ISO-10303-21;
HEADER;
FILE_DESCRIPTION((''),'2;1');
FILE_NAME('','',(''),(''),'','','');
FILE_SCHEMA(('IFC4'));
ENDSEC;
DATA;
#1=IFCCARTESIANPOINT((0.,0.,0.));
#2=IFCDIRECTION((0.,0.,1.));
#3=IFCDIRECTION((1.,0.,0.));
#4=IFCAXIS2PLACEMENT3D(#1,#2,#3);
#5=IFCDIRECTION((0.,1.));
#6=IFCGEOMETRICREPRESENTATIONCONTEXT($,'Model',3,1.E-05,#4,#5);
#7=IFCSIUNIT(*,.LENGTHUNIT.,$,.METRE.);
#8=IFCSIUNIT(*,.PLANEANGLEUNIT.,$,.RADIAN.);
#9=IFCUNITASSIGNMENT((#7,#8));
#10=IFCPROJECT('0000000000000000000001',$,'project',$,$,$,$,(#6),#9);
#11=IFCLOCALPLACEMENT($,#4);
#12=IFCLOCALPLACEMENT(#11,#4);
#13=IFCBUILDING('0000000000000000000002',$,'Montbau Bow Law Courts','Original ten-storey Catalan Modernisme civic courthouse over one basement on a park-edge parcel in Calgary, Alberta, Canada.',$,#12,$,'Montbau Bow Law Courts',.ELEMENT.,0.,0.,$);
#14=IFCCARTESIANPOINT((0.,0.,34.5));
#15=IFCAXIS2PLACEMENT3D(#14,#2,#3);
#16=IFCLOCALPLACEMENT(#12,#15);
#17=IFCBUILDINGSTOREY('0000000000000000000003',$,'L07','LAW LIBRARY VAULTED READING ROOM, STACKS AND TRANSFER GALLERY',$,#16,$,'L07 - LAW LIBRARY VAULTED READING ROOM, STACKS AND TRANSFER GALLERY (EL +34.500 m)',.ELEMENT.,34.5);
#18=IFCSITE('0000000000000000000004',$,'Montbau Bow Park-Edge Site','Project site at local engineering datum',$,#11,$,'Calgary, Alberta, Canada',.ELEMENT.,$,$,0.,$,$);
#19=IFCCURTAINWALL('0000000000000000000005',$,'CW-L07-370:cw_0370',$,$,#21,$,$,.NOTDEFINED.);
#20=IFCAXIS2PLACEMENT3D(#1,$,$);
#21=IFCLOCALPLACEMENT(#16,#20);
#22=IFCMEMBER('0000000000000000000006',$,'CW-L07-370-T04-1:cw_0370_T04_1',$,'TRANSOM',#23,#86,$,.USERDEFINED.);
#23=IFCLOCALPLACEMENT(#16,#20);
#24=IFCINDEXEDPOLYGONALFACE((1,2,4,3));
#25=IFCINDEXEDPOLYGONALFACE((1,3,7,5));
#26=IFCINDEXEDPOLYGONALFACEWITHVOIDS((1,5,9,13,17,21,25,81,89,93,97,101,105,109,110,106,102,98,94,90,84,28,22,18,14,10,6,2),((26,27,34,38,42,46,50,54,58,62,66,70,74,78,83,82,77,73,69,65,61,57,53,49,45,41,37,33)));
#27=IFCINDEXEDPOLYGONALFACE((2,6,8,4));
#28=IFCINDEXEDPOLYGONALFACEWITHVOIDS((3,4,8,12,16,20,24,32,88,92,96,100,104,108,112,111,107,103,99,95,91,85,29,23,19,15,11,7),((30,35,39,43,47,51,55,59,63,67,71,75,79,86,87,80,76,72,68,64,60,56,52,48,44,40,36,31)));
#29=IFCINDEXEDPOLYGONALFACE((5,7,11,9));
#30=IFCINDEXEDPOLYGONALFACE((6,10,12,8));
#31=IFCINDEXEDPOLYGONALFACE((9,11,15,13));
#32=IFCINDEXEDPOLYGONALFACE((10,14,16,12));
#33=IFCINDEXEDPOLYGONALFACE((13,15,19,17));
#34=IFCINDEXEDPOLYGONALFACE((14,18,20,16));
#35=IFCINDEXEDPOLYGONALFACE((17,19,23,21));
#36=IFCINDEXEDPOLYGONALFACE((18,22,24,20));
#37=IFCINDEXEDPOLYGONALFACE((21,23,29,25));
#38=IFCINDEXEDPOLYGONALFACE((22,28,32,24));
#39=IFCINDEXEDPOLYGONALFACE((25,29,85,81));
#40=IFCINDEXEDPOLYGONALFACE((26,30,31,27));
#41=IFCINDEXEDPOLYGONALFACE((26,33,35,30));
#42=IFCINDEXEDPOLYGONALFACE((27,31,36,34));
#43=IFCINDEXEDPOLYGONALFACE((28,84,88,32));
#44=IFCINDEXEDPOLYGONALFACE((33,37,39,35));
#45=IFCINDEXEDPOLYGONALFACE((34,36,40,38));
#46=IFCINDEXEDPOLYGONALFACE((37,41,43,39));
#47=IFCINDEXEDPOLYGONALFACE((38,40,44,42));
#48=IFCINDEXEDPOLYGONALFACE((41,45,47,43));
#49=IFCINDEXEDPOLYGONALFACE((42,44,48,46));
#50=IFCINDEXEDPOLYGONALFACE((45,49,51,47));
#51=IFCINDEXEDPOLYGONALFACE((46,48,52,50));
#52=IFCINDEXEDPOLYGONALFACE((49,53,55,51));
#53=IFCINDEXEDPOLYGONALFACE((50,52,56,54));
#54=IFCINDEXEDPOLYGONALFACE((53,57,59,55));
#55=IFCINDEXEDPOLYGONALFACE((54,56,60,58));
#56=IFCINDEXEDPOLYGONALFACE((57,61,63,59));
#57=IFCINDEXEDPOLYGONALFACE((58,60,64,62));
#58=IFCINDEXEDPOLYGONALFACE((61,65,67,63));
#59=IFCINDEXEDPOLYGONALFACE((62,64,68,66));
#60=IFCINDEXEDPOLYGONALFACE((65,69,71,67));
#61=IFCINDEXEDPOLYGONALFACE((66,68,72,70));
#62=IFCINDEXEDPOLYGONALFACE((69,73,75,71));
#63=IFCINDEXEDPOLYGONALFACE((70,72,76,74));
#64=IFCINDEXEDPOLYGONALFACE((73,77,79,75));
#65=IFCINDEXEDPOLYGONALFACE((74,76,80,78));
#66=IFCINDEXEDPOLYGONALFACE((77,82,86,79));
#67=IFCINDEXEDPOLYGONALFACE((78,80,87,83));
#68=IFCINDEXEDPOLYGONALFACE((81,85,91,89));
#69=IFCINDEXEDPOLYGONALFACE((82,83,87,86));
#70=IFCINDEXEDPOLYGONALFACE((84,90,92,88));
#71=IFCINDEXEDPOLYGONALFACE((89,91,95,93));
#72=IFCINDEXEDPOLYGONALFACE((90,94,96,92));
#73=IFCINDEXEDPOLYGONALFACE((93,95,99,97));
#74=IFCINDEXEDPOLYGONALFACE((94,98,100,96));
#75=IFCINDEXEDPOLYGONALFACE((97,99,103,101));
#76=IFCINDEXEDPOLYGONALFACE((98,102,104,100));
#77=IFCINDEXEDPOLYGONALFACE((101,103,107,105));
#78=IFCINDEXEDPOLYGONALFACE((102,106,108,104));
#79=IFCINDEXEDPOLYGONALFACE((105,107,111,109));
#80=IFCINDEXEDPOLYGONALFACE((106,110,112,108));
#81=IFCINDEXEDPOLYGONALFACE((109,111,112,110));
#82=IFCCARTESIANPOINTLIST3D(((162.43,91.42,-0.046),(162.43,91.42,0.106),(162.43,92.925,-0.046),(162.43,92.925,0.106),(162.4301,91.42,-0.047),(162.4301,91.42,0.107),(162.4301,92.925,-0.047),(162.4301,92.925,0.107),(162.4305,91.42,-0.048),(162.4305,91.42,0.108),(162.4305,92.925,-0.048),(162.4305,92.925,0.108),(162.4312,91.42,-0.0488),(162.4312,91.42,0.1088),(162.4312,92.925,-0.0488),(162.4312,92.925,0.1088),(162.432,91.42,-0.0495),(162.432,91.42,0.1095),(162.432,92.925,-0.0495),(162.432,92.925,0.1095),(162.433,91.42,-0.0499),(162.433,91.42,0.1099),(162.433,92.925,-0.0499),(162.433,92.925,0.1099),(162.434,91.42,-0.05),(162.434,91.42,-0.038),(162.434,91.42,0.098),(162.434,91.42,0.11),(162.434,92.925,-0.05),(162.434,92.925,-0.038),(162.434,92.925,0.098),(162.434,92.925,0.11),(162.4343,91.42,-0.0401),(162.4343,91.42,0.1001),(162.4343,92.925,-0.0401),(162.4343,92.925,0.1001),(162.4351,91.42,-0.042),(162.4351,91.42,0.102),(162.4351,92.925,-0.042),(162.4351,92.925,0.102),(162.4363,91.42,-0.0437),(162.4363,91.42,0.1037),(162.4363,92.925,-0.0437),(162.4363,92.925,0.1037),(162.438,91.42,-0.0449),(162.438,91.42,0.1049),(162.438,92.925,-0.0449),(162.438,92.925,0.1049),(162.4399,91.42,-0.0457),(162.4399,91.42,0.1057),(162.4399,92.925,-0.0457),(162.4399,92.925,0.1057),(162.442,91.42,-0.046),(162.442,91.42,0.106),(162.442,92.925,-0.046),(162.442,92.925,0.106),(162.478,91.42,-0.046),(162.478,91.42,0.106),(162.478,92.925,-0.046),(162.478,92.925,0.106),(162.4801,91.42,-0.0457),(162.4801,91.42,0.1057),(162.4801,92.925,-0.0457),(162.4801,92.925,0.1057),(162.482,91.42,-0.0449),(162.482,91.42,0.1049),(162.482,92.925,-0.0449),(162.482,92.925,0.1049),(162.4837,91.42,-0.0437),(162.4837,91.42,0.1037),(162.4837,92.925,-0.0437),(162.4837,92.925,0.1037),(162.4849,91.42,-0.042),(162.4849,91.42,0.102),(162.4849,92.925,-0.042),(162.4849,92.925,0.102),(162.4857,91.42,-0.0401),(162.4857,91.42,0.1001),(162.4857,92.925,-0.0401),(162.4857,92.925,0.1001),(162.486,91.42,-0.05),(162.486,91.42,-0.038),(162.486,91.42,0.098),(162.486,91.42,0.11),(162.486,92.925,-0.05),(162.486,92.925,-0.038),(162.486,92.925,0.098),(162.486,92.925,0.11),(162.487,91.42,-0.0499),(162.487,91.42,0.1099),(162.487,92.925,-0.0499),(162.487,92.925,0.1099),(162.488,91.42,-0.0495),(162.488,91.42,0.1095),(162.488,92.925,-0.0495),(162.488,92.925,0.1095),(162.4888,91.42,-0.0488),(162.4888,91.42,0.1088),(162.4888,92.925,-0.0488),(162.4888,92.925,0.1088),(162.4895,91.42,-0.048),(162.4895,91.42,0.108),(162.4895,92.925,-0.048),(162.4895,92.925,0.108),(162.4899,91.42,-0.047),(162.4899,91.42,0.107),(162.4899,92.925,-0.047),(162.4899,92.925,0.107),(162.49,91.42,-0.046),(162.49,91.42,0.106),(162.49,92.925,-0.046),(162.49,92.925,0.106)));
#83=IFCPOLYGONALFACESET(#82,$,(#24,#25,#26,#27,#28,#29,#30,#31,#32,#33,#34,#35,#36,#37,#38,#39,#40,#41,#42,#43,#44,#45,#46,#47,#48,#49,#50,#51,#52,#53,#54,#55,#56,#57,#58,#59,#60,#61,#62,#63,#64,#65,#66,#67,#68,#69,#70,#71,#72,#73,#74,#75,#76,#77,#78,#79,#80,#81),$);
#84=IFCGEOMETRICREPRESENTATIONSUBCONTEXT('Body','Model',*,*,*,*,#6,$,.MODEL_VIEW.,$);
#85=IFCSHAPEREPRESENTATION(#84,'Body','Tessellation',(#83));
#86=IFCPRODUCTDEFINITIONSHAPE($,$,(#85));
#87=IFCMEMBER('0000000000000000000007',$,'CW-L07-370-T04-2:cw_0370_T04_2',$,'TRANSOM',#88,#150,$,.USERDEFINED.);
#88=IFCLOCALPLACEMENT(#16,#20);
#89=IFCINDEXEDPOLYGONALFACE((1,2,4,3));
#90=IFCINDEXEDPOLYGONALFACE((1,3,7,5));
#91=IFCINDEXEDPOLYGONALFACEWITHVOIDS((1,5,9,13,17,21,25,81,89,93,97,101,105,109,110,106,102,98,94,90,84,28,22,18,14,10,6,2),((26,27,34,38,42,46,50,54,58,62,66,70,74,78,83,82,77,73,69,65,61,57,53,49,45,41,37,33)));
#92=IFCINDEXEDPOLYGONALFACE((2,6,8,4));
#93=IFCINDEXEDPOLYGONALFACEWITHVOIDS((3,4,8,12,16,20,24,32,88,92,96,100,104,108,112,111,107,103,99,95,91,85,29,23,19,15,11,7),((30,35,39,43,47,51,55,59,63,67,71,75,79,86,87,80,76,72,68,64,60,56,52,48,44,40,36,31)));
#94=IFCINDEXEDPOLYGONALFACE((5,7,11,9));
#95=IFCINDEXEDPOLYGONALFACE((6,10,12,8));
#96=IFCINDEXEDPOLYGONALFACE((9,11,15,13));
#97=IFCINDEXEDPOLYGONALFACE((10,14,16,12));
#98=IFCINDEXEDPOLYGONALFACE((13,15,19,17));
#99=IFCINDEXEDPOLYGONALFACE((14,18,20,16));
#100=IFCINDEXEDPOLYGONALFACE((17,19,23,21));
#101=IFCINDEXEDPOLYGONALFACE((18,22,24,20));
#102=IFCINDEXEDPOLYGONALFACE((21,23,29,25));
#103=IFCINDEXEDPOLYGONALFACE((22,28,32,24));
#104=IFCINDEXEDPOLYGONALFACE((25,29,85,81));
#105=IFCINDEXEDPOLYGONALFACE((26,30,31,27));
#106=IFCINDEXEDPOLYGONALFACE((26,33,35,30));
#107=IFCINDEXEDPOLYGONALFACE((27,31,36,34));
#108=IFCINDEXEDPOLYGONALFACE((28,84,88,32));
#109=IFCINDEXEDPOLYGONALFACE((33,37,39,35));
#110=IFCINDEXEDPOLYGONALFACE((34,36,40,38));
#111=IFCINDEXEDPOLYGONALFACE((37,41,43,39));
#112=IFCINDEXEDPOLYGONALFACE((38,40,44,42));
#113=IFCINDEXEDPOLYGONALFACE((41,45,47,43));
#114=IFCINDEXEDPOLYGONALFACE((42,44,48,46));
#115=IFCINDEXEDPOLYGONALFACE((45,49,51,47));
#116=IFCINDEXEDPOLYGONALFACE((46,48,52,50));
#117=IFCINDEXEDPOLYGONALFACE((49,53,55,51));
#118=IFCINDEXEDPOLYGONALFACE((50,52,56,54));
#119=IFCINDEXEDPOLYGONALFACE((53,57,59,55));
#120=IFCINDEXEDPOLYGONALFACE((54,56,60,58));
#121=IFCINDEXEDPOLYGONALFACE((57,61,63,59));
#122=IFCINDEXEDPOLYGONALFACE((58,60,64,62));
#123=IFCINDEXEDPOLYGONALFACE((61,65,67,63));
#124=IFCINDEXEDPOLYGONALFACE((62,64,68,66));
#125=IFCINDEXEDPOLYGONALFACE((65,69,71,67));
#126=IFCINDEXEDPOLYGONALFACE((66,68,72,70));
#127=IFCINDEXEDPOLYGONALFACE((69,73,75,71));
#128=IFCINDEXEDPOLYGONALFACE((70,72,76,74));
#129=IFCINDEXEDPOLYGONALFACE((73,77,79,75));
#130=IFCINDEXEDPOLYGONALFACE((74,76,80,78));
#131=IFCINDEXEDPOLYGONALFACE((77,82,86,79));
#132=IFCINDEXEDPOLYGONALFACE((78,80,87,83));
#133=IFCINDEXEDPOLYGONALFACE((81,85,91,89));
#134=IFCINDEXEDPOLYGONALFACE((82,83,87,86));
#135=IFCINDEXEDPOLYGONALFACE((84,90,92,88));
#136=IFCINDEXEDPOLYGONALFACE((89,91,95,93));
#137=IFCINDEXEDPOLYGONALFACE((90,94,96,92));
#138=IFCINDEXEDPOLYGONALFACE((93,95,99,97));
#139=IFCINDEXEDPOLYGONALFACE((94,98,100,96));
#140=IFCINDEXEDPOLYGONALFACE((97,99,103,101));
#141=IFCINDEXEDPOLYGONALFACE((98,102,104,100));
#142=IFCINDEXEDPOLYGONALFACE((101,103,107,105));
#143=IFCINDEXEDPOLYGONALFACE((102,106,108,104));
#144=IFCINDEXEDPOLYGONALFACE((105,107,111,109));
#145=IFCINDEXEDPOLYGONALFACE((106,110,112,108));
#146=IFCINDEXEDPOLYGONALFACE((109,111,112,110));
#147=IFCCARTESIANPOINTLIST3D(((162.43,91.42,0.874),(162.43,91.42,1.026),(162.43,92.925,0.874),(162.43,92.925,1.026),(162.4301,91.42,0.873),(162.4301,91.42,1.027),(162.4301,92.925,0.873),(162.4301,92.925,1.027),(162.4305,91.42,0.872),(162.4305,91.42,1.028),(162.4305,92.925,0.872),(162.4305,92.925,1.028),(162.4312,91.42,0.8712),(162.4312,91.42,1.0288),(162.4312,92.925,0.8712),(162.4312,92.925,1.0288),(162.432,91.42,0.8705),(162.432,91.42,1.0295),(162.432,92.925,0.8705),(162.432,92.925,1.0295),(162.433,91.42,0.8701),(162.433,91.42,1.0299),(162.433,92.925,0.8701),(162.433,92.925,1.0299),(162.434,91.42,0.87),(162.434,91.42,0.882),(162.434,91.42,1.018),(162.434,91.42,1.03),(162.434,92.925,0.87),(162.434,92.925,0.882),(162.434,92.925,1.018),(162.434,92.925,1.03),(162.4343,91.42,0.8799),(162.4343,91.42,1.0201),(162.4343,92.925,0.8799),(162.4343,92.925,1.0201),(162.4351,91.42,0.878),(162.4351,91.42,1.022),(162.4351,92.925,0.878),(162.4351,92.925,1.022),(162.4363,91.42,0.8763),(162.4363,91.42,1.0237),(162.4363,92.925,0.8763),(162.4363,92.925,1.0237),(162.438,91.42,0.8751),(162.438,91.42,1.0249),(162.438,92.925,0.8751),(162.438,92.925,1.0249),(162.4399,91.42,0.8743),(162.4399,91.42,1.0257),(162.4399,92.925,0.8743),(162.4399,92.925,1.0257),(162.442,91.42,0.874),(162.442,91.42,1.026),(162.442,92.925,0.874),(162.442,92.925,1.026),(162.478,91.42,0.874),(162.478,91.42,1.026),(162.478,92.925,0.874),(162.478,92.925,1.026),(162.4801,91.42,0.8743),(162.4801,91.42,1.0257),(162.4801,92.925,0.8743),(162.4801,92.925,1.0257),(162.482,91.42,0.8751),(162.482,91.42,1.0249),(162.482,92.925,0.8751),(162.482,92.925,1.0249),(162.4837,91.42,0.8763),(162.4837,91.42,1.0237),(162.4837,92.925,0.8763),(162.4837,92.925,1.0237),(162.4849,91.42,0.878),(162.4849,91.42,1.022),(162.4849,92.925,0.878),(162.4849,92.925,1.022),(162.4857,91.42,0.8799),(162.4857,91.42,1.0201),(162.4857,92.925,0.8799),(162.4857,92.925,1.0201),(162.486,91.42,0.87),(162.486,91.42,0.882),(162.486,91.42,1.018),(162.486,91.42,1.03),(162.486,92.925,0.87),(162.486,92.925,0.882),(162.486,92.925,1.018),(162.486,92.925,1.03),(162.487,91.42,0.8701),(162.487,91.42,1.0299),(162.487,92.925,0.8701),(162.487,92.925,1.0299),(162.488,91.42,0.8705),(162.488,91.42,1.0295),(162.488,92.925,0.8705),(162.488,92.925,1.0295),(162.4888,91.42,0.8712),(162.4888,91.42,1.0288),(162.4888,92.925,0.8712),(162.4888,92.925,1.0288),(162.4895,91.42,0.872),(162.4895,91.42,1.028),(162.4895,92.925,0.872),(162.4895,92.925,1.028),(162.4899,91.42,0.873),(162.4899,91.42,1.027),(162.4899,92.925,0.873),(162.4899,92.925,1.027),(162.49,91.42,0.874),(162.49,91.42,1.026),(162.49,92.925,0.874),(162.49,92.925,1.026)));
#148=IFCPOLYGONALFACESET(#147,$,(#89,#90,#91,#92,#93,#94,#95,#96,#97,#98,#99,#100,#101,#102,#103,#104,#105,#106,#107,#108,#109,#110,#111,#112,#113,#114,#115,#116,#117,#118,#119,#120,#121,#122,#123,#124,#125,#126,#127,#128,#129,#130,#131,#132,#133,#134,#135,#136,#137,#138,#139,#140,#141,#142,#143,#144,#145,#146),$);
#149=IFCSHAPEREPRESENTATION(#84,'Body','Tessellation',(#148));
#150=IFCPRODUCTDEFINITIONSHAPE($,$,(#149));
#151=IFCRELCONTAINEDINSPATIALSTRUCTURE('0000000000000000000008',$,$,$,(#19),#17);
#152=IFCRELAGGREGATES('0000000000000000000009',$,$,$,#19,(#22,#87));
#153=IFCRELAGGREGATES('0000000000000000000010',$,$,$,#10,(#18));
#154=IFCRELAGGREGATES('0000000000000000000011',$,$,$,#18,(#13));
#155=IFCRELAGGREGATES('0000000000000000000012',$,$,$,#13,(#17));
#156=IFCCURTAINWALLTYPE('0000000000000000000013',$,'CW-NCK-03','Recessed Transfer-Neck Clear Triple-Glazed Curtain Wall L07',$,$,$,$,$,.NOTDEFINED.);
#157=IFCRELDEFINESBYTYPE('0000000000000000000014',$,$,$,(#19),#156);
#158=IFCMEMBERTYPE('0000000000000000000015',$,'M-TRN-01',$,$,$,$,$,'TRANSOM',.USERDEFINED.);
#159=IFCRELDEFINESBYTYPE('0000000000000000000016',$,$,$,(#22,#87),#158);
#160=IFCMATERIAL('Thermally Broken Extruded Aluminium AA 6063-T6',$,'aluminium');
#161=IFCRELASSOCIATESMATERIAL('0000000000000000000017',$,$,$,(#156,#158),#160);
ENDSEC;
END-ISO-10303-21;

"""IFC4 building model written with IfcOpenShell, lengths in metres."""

from ifc_helpers import new_model, si_unit, direction, frame, origin_with_axes, origin_2d_with_axis, place, context, subcontext, project, spatial, hollow_rectangle, extrude, material, material_profile, profile_set, type_object, element, aggregate, save


model = new_model("IFC4")

# Units and contexts
model_context = context("Model", 3, precision=1e-05, world=origin_with_axes(), true_north=direction((0.0, 1.0)))
body_context = subcontext(model_context, "Body", "Model", "MODEL_VIEW")
ifc_project = project(units=[si_unit("LENGTHUNIT", "METRE"), si_unit("PLANEANGLEUNIT", "RADIAN")], contexts=[model_context])

# Site, building, storey
site_placement = place(None, origin_with_axes())
site = spatial("IfcSite", under=ifc_project, at=site_placement, Name="Montbau Bow Park-Edge Site", Description="Project site at local engineering datum", LongName="Calgary, Alberta, Canada", CompositionType="ELEMENT", RefElevation=0.0)
building_placement = place(site_placement, origin_with_axes())
building = spatial("IfcBuilding", under=site, at=building_placement, Name="Montbau Bow Law Courts", Description="Original ten-storey Catalan Modernisme civic courthouse over one basement on a park-edge parcel in Calgary, Alberta, Canada.", LongName="Montbau Bow Law Courts", CompositionType="ELEMENT", ElevationOfRefHeight=0.0, ElevationOfTerrain=0.0)
storey_placement = place(building_placement, frame((0.0, 0.0, 34.5), z_axis=(0.0, 0.0, 1.0), x_axis=(1.0, 0.0, 0.0)))
storey = spatial("IfcBuildingStorey", under=building, at=storey_placement, Name="L07", Description="LAW LIBRARY VAULTED READING ROOM, STACKS AND TRANSFER GALLERY", LongName="L07 - LAW LIBRARY VAULTED READING ROOM, STACKS AND TRANSFER GALLERY (EL +34.500 m)", CompositionType="ELEMENT", Elevation=34.5)

# Curtain wall
ifc_material_1 = material(Name="Thermally Broken Extruded Aluminium AA 6063-T6", Category="aluminium")
curtain_wall_type = type_object("IfcCurtainWallType", Name="CW-NCK-03", Description="Recessed Transfer-Neck Clear Triple-Glazed Curtain Wall L07", PredefinedType="NOTDEFINED", material=ifc_material_1)
curtain_wall_1_placement = place(None, frame((162.46, 86.668, 34.5), z_axis=(0.0, 0.0, 1.0), x_axis=(1.0, 0.0, 0.0)))
curtain_wall_1 = element("IfcCurtainWall", 1, at=curtain_wall_1_placement, inside=storey, type_object=curtain_wall_type, Name="CW-L07-370:cw_0370", PredefinedType="NOTDEFINED")

# Members
ifc_material_profile_1 = material_profile(ifc_material_1, hollow_rectangle(XDim=0.06, YDim=0.16, WallThickness=0.004, InnerFilletRadius=0.008, OuterFilletRadius=0.004, at=origin_2d_with_axis()), Name="CWT-160X60", Category="Main", Priority=0)
ifc_profile_set_1 = profile_set([ifc_material_profile_1], Name="Thermally Broken Extruded Aluminium AA 6063-T6")
member_type_1 = type_object("IfcMemberType", Name="M-TRN-01", ElementType="TRANSOM", PredefinedType="USERDEFINED", material=ifc_profile_set_1)
member_1_placement = place(None, frame((162.46, 91.42, 34.53), z_axis=(0.0, 1.0, 0.0), x_axis=(-1.0, 0.0, 0.0)))
member_1 = element("IfcMember", 2, at=member_1_placement, type_object=member_type_1, Name="CW-L07-370-T04-1:cw_0370_T04_1", ObjectType="TRANSOM", PredefinedType="USERDEFINED", context=body_context, shape_type="SweptSolid", body=[
    extrude(hollow_rectangle(XDim=0.06, YDim=0.16, WallThickness=0.004, InnerFilletRadius=0.008, OuterFilletRadius=0.004, at=origin_2d_with_axis()), origin_with_axes(), (0.0, 0.0, 1.0), 1.505),
])
member_2_placement = place(None, frame((162.46, 91.42, 35.45), z_axis=(0.0, 1.0, 0.0), x_axis=(-1.0, 0.0, 0.0)))
member_2 = element("IfcMember", 3, at=member_2_placement, type_object=member_type_1, Name="CW-L07-370-T04-2:cw_0370_T04_2", ObjectType="TRANSOM", PredefinedType="USERDEFINED", context=body_context, shape_type="SweptSolid", body=[
    extrude(hollow_rectangle(XDim=0.06, YDim=0.16, WallThickness=0.004, InnerFilletRadius=0.008, OuterFilletRadius=0.004, at=origin_2d_with_axis()), origin_with_axes(), (0.0, 0.0, 1.0), 1.505),
])

aggregate(curtain_wall_1, [member_1, member_2])

save(model, "model.ifc")
